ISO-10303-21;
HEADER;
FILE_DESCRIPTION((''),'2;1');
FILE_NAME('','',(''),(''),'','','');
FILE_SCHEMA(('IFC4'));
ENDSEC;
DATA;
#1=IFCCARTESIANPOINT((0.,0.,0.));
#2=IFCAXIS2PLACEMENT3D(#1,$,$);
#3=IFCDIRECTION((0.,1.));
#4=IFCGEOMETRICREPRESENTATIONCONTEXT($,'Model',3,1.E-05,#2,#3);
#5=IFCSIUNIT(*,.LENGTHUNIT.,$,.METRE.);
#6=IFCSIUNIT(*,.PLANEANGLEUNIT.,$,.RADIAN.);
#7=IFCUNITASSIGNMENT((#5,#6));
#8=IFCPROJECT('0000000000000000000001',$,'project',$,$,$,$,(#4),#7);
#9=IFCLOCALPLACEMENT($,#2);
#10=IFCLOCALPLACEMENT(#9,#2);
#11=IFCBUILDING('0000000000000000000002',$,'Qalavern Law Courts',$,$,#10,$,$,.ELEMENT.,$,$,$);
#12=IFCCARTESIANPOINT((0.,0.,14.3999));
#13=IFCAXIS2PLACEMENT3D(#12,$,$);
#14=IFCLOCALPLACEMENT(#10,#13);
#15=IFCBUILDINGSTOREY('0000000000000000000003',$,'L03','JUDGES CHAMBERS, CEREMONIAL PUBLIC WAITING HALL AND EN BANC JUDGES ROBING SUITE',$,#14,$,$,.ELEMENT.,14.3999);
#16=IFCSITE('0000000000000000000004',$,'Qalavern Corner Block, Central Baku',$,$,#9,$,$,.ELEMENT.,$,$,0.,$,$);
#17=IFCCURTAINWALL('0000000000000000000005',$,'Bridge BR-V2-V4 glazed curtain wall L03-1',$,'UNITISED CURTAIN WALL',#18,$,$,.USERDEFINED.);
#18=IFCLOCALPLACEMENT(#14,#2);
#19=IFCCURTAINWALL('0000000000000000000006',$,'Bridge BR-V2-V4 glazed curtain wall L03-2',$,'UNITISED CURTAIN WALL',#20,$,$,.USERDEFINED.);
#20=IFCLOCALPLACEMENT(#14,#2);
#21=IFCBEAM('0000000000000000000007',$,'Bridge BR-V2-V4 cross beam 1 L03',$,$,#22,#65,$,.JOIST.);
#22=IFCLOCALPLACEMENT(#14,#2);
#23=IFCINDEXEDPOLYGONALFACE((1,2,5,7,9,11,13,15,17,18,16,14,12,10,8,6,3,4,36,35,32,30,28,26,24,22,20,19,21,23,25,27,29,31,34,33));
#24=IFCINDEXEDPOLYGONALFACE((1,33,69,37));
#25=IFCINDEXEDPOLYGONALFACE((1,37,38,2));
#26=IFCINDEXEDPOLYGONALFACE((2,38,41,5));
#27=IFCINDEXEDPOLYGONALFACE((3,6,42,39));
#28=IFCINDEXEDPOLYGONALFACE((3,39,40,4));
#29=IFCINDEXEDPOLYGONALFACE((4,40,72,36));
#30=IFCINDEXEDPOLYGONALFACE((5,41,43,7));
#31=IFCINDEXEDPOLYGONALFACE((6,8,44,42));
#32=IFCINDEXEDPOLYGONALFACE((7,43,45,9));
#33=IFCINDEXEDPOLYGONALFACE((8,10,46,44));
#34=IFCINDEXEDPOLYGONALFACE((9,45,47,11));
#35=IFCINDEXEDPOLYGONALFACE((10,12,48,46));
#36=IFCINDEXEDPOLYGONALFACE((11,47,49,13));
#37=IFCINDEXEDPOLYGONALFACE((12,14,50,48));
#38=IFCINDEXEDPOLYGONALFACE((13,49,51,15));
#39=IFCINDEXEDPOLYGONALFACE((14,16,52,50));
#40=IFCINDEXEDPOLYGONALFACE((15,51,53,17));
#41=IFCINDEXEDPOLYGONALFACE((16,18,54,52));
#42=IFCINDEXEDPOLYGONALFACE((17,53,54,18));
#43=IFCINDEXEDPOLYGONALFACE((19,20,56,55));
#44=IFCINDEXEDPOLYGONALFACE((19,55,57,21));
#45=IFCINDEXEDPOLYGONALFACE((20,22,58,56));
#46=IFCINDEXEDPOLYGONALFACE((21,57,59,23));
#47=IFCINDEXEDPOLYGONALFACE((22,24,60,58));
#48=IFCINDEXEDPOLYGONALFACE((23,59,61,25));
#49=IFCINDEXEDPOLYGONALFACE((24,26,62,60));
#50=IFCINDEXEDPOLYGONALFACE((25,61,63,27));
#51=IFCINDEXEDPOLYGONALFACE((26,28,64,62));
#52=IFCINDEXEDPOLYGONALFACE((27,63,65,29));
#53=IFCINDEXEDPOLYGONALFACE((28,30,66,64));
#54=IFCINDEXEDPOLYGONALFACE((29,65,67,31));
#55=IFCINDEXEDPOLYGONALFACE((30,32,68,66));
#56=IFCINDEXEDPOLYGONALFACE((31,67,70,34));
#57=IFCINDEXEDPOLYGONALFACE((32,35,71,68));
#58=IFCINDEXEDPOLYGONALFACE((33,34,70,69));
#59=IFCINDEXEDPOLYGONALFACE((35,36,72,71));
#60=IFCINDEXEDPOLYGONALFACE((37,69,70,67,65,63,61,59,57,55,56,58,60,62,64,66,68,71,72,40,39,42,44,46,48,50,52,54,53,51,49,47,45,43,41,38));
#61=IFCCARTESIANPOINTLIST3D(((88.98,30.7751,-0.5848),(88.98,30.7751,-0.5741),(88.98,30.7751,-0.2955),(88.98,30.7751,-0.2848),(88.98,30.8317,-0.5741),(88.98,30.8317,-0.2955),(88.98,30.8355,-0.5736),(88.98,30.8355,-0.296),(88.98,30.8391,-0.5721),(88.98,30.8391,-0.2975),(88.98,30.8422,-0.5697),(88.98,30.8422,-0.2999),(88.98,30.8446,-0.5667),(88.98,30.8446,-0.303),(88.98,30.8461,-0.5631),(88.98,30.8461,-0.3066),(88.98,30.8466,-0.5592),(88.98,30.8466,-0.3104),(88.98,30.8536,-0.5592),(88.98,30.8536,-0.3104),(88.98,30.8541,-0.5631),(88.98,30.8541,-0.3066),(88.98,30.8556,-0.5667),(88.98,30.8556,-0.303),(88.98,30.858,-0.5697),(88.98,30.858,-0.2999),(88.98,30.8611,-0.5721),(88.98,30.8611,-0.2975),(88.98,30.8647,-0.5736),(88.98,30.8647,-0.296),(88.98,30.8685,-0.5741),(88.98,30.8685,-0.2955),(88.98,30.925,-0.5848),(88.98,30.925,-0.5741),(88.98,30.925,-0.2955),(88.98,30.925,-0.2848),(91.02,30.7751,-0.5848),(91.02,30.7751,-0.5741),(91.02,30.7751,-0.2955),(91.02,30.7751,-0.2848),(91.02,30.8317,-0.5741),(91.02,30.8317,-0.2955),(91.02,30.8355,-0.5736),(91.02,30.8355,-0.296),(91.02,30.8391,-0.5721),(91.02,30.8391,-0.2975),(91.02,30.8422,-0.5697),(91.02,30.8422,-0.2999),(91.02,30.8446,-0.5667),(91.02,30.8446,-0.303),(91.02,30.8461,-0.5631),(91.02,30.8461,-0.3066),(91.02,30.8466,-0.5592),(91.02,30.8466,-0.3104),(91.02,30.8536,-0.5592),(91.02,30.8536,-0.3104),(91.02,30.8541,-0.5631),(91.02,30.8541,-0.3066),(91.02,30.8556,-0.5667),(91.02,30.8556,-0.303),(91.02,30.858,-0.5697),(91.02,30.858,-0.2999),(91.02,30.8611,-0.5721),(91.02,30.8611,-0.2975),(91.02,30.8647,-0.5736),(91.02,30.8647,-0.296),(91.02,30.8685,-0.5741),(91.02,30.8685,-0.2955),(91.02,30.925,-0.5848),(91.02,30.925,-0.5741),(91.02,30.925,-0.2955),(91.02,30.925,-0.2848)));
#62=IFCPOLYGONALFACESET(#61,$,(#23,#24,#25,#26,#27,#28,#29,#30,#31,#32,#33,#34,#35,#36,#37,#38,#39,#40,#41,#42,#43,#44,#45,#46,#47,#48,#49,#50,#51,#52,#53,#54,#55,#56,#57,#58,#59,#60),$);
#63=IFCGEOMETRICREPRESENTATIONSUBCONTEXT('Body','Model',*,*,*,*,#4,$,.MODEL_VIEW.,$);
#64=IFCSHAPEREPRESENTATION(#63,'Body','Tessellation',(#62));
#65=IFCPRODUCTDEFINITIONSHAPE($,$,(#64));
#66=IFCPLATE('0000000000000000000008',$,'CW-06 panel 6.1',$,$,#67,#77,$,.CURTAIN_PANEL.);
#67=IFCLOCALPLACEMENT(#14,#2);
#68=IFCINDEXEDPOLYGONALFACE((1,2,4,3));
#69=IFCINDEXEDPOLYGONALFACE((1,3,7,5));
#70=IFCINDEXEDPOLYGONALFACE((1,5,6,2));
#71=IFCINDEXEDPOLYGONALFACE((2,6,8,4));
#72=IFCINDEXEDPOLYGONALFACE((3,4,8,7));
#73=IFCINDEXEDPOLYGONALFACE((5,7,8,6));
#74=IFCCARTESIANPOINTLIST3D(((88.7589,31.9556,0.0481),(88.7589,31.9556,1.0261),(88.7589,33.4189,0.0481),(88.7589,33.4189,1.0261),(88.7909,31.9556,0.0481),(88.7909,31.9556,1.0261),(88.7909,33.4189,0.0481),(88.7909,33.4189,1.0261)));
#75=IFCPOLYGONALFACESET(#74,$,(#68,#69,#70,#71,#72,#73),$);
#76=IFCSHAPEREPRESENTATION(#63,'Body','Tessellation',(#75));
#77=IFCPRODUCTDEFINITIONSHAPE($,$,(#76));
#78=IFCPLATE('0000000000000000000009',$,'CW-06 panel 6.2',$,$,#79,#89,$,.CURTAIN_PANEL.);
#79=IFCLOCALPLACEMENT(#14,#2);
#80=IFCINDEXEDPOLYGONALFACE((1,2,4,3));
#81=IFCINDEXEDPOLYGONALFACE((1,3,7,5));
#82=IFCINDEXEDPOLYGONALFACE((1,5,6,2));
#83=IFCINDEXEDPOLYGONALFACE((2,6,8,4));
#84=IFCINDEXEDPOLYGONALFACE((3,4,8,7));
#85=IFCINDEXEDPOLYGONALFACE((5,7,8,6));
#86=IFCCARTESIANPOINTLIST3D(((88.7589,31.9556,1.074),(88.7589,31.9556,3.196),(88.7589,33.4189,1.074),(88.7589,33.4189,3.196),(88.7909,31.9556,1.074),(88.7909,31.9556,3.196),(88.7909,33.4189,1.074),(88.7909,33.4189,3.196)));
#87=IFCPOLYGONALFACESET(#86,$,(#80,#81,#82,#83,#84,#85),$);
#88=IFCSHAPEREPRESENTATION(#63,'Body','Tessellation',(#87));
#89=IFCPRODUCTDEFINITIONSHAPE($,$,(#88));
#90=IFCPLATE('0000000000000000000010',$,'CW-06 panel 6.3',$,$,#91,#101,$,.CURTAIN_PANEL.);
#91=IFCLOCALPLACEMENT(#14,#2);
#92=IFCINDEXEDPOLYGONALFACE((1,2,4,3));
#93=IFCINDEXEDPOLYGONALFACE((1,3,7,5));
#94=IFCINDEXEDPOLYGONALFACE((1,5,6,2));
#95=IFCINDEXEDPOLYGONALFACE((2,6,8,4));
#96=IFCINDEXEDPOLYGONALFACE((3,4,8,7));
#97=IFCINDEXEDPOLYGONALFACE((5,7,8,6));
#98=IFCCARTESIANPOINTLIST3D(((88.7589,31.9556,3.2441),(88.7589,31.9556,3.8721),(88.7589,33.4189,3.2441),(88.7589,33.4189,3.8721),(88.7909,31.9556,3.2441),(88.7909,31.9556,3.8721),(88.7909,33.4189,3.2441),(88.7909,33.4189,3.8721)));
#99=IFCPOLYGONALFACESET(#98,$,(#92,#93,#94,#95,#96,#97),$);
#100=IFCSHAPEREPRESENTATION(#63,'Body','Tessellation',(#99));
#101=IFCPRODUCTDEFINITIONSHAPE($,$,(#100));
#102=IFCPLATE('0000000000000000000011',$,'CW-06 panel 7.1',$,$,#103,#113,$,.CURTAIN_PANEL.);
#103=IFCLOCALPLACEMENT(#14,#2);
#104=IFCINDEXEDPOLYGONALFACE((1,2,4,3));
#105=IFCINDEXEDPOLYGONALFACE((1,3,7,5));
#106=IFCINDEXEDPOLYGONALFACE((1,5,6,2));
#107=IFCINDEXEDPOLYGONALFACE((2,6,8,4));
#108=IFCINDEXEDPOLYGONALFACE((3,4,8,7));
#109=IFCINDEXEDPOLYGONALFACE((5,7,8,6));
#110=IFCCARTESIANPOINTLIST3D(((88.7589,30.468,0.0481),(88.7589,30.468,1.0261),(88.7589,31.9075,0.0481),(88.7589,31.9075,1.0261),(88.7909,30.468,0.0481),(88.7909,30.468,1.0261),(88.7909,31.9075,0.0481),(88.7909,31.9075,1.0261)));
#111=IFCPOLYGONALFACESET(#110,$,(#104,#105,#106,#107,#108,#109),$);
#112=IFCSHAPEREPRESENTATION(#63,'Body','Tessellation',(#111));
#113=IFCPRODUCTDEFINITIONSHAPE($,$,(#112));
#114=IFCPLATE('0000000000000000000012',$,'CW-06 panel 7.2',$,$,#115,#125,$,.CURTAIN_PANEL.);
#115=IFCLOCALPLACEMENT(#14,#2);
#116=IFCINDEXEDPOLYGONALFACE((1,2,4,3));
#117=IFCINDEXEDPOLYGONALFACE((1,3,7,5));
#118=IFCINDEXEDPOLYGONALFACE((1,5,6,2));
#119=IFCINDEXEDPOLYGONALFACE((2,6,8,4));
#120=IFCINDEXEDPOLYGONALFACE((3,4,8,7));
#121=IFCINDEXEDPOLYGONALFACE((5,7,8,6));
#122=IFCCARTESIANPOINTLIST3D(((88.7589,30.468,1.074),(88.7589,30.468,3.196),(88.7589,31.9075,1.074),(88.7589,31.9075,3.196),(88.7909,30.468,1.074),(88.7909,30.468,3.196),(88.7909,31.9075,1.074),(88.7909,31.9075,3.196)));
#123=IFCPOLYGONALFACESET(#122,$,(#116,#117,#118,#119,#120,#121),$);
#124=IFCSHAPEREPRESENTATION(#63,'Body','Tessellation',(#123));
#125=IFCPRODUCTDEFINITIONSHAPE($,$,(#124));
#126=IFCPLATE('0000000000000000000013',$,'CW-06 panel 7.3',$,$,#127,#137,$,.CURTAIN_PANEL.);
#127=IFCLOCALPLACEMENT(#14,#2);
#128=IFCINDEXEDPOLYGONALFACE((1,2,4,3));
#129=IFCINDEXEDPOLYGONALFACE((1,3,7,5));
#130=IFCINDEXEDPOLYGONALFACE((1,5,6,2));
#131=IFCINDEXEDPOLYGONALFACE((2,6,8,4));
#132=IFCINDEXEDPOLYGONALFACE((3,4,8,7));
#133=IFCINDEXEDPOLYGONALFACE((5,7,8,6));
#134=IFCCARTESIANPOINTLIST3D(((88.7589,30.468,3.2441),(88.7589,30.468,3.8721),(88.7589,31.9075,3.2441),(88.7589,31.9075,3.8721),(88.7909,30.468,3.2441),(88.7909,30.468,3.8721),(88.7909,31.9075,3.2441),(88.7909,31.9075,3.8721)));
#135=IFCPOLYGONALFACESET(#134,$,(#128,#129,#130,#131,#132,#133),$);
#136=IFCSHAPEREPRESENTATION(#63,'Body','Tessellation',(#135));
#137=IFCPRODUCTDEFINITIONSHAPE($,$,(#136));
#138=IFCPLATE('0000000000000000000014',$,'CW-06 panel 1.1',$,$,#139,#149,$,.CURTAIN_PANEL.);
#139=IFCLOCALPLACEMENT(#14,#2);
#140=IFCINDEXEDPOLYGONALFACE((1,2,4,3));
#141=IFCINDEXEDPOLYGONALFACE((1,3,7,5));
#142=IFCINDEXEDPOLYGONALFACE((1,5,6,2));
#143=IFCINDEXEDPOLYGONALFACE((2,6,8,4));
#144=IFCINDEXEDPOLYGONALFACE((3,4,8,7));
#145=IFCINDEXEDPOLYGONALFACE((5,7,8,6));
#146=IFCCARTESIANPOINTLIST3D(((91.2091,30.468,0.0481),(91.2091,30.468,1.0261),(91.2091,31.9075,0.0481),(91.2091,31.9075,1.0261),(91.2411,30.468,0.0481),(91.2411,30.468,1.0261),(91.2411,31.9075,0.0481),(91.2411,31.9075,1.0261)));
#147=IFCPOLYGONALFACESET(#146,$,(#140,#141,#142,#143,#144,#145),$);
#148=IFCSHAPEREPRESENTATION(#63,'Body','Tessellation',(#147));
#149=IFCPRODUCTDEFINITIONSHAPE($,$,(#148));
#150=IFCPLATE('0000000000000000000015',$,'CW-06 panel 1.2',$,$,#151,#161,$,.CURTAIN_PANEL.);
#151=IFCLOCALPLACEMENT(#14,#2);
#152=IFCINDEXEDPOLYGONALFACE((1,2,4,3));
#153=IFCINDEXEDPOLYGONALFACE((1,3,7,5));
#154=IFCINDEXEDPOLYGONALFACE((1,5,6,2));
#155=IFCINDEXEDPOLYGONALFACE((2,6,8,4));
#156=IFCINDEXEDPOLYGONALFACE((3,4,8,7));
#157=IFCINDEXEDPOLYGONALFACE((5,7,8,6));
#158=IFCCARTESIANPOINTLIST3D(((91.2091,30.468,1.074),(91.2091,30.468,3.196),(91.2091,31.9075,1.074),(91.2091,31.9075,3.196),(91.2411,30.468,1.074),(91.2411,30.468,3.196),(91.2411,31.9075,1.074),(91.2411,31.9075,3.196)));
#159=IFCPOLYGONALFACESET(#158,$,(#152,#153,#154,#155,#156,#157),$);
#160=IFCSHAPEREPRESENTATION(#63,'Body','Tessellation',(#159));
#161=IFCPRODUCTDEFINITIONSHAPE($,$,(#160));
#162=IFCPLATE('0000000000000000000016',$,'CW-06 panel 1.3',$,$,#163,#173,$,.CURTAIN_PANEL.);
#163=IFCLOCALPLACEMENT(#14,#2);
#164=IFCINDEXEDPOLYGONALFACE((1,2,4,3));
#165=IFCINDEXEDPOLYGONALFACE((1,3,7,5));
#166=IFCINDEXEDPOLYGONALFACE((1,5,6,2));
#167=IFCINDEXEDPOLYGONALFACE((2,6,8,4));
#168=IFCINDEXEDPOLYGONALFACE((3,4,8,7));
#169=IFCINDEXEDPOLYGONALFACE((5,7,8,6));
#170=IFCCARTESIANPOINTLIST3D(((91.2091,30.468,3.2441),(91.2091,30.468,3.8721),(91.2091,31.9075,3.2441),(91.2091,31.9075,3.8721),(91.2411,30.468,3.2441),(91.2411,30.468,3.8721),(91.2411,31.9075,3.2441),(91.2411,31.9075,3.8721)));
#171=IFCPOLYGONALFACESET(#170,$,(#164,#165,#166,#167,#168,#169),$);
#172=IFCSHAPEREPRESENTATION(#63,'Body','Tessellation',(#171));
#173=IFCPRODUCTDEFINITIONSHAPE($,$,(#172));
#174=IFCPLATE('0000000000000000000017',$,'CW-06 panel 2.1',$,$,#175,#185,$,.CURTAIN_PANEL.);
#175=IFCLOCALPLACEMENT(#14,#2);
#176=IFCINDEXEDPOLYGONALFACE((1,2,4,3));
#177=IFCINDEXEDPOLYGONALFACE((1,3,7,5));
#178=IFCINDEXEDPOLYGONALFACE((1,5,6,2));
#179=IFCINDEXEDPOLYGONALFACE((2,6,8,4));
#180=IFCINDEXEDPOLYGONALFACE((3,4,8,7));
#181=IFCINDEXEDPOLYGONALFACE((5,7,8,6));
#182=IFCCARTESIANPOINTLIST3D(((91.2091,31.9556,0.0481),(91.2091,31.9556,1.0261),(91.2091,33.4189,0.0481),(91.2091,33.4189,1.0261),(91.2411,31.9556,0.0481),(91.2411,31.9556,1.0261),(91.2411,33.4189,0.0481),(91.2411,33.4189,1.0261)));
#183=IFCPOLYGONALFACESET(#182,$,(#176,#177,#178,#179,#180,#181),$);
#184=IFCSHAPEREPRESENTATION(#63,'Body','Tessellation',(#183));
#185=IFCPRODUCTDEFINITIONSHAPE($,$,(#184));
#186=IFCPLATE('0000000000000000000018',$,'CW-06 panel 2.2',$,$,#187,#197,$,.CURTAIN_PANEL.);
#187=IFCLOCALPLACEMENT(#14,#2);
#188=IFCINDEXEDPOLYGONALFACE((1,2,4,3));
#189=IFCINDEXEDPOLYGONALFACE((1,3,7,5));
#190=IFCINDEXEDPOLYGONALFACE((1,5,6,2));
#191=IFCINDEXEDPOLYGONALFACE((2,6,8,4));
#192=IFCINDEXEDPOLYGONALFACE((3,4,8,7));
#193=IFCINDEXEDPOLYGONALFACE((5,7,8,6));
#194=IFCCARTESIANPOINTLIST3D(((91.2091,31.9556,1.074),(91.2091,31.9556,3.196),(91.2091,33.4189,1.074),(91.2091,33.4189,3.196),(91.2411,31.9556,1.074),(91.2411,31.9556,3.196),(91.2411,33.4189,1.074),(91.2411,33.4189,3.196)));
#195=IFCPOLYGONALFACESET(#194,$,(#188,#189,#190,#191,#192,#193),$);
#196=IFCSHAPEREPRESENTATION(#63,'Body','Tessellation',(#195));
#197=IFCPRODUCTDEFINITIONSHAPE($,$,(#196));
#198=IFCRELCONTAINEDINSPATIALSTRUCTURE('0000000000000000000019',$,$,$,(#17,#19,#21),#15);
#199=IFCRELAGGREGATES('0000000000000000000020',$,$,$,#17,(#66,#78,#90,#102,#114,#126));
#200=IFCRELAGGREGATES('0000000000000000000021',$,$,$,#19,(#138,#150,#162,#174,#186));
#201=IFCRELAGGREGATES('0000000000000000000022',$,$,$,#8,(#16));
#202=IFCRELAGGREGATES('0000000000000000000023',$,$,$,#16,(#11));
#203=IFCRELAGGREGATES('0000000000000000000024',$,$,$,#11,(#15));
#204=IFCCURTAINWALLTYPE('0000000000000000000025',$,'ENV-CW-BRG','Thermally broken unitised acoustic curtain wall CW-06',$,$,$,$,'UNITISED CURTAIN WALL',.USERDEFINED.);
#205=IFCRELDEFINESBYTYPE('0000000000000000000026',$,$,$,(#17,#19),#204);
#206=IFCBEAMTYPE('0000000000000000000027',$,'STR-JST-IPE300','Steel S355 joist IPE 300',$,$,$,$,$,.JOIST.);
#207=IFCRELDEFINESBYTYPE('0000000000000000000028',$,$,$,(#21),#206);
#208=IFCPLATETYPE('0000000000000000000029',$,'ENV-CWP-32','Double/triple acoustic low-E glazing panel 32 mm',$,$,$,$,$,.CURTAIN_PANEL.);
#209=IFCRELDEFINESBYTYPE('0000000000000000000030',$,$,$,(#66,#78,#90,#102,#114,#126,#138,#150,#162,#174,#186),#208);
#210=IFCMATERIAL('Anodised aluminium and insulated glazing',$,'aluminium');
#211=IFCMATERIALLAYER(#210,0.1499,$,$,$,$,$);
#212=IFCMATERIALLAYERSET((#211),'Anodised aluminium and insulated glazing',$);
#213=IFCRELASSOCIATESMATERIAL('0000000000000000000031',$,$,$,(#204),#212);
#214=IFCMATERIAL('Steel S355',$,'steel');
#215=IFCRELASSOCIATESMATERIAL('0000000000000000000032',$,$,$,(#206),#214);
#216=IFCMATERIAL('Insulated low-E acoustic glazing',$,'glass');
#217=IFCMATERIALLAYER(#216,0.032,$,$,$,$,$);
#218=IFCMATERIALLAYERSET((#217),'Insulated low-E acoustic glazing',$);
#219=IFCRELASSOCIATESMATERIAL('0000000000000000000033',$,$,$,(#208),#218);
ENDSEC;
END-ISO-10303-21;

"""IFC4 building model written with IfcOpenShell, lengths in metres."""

from ifc_helpers import new_model, si_unit, direction, frame, origin, origin_2d, place, context, subcontext, project, spatial, rectangle, i_section, extrude, material, layer, layer_set, material_profile, profile_set, type_object, element, aggregate, save


model = new_model("IFC4")

# Units and contexts
model_context = context("Model", 3, precision=1e-05, world=origin(), true_north=direction((0.0, 1.0)))
body_context = subcontext(model_context, "Body", "Model", "MODEL_VIEW")
ifc_project = project(units=[si_unit("LENGTHUNIT", "METRE"), si_unit("PLANEANGLEUNIT", "RADIAN")], contexts=[model_context])

# Site, building, storey
site_placement = place(None, origin())
site = spatial("IfcSite", under=ifc_project, at=site_placement, Name="Qalavern Corner Block, Central Baku", CompositionType="ELEMENT", RefElevation=0.0)
building_placement = place(site_placement, origin())
building = spatial("IfcBuilding", under=site, at=building_placement, Name="Qalavern Law Courts", CompositionType="ELEMENT")
storey_placement = place(building_placement, frame((0.0, 0.0, 14.3999)))
storey = spatial("IfcBuildingStorey", under=building, at=storey_placement, Name="L03", Description="JUDGES CHAMBERS, CEREMONIAL PUBLIC WAITING HALL AND EN BANC JUDGES ROBING SUITE", CompositionType="ELEMENT", Elevation=14.3999)

# Curtain walls
ifc_material_1 = material(Name="Anodised aluminium and insulated glazing", Category="aluminium")
ifc_layer_1 = layer(ifc_material_1, 0.1499)
ifc_layer_set_1 = layer_set([ifc_layer_1], Name="Anodised aluminium and insulated glazing")
curtain_wall_type = type_object("IfcCurtainWallType", Name="ENV-CW-BRG", Description="Thermally broken unitised acoustic curtain wall CW-06", ElementType="UNITISED CURTAIN WALL", PredefinedType="USERDEFINED", material=ifc_layer_set_1)
curtain_wall_1_placement = place(storey_placement, origin())
curtain_wall_1 = element("IfcCurtainWall", 1, at=curtain_wall_1_placement, inside=storey, type_object=curtain_wall_type, Name="Bridge BR-V2-V4 glazed curtain wall L03-1", ObjectType="UNITISED CURTAIN WALL", PredefinedType="USERDEFINED")
curtain_wall_2_placement = place(storey_placement, origin())
curtain_wall_2 = element("IfcCurtainWall", 2, at=curtain_wall_2_placement, inside=storey, type_object=curtain_wall_type, Name="Bridge BR-V2-V4 glazed curtain wall L03-2", ObjectType="UNITISED CURTAIN WALL", PredefinedType="USERDEFINED")

# Beam
ifc_material_2 = material(Name="Steel S355", Category="steel")
ifc_material_profile_1 = material_profile(ifc_material_2, i_section(OverallWidth=0.1499, OverallDepth=0.3, WebThickness=0.0071, FlangeThickness=0.0107, FilletRadius=0.0149, at=origin_2d()), Name="IPE 300")
ifc_profile_set_1 = profile_set([ifc_material_profile_1], Name="Steel S355")
beam_type = type_object("IfcBeamType", Name="STR-JST-IPE300", Description="Steel S355 joist IPE 300", PredefinedType="JOIST", material=ifc_profile_set_1)
beam_placement = place(storey_placement, frame((88.98, 30.8501, -0.4348), z_axis=(1.0, 0.0, 0.0), x_axis=(0.0, 1.0, 0.0)))
element("IfcBeam", 3, at=beam_placement, inside=storey, type_object=beam_type, Name="Bridge BR-V2-V4 cross beam 1 L03", PredefinedType="JOIST", context=body_context, shape_type="SweptSolid", body=[
    extrude(i_section(OverallWidth=0.1499, OverallDepth=0.3, WebThickness=0.0071, FlangeThickness=0.0107, FilletRadius=0.0149, at=origin_2d()), origin(), (0.0, 0.0, 1.0), 2.04),
])

# Plates
ifc_material_3 = material(Name="Insulated low-E acoustic glazing", Category="glass")
ifc_layer_2 = layer(ifc_material_3, 0.032)
ifc_layer_set_2 = layer_set([ifc_layer_2], Name="Insulated low-E acoustic glazing")
plate_type = type_object("IfcPlateType", Name="ENV-CWP-32", Description="Double/triple acoustic low-E glazing panel 32 mm", PredefinedType="CURTAIN_PANEL", material=ifc_layer_set_2)
plate_1_placement = place(storey_placement, frame((88.7749, 32.6873, 0.0481), z_axis=(0.0, 0.0, 1.0), x_axis=(0.0, -1.0, 0.0)))
plate_1 = element("IfcPlate", 4, at=plate_1_placement, type_object=plate_type, Name="CW-06 panel 6.1", PredefinedType="CURTAIN_PANEL", context=body_context, shape_type="SweptSolid", body=[
    extrude(rectangle(XDim=1.4634, YDim=0.032, at=origin_2d()), origin(), (0.0, 0.0, 1.0), 0.978),
])
plate_2_placement = place(storey_placement, frame((88.7749, 32.6873, 1.074), z_axis=(0.0, 0.0, 1.0), x_axis=(0.0, -1.0, 0.0)))
plate_2 = element("IfcPlate", 5, at=plate_2_placement, type_object=plate_type, Name="CW-06 panel 6.2", PredefinedType="CURTAIN_PANEL", context=body_context, shape_type="SweptSolid", body=[
    extrude(rectangle(XDim=1.4634, YDim=0.032, at=origin_2d()), origin(), (0.0, 0.0, 1.0), 2.1221),
])
plate_3_placement = place(storey_placement, frame((88.7749, 32.6873, 3.2441), z_axis=(0.0, 0.0, 1.0), x_axis=(0.0, -1.0, 0.0)))
plate_3 = element("IfcPlate", 6, at=plate_3_placement, type_object=plate_type, Name="CW-06 panel 6.3", PredefinedType="CURTAIN_PANEL", context=body_context, shape_type="SweptSolid", body=[
    extrude(rectangle(XDim=1.4634, YDim=0.032, at=origin_2d()), origin(), (0.0, 0.0, 1.0), 0.6279),
])
plate_4_placement = place(storey_placement, frame((88.7749, 31.1877, 0.0481), z_axis=(0.0, 0.0, 1.0), x_axis=(0.0, -1.0, 0.0)))
plate_4 = element("IfcPlate", 7, at=plate_4_placement, type_object=plate_type, Name="CW-06 panel 7.1", PredefinedType="CURTAIN_PANEL", context=body_context, shape_type="SweptSolid", body=[
    extrude(rectangle(XDim=1.4395, YDim=0.032, at=origin_2d()), origin(), (0.0, 0.0, 1.0), 0.978),
])
plate_5_placement = place(storey_placement, frame((88.7749, 31.1877, 1.074), z_axis=(0.0, 0.0, 1.0), x_axis=(0.0, -1.0, 0.0)))
plate_5 = element("IfcPlate", 8, at=plate_5_placement, type_object=plate_type, Name="CW-06 panel 7.2", PredefinedType="CURTAIN_PANEL", context=body_context, shape_type="SweptSolid", body=[
    extrude(rectangle(XDim=1.4395, YDim=0.032, at=origin_2d()), origin(), (0.0, 0.0, 1.0), 2.1221),
])
plate_6_placement = place(storey_placement, frame((88.7749, 31.1877, 3.2441), z_axis=(0.0, 0.0, 1.0), x_axis=(0.0, -1.0, 0.0)))
plate_6 = element("IfcPlate", 9, at=plate_6_placement, type_object=plate_type, Name="CW-06 panel 7.3", PredefinedType="CURTAIN_PANEL", context=body_context, shape_type="SweptSolid", body=[
    extrude(rectangle(XDim=1.4395, YDim=0.032, at=origin_2d()), origin(), (0.0, 0.0, 1.0), 0.6279),
])
aggregate(curtain_wall_1, [plate_1, plate_2, plate_3, plate_4, plate_5, plate_6])
plate_7_placement = place(storey_placement, frame((91.2251, 31.1877, 0.0481), z_axis=(0.0, 0.0, 1.0), x_axis=(0.0, 1.0, 0.0)))
plate_7 = element("IfcPlate", 10, at=plate_7_placement, type_object=plate_type, Name="CW-06 panel 1.1", PredefinedType="CURTAIN_PANEL", context=body_context, shape_type="SweptSolid", body=[
    extrude(rectangle(XDim=1.4395, YDim=0.032, at=origin_2d()), origin(), (0.0, 0.0, 1.0), 0.978),
])
plate_8_placement = place(storey_placement, frame((91.2251, 31.1877, 1.074), z_axis=(0.0, 0.0, 1.0), x_axis=(0.0, 1.0, 0.0)))
plate_8 = element("IfcPlate", 11, at=plate_8_placement, type_object=plate_type, Name="CW-06 panel 1.2", PredefinedType="CURTAIN_PANEL", context=body_context, shape_type="SweptSolid", body=[
    extrude(rectangle(XDim=1.4395, YDim=0.032, at=origin_2d()), origin(), (0.0, 0.0, 1.0), 2.1221),
])
plate_9_placement = place(storey_placement, frame((91.2251, 31.1877, 3.2441), z_axis=(0.0, 0.0, 1.0), x_axis=(0.0, 1.0, 0.0)))
plate_9 = element("IfcPlate", 12, at=plate_9_placement, type_object=plate_type, Name="CW-06 panel 1.3", PredefinedType="CURTAIN_PANEL", context=body_context, shape_type="SweptSolid", body=[
    extrude(rectangle(XDim=1.4395, YDim=0.032, at=origin_2d()), origin(), (0.0, 0.0, 1.0), 0.6279),
])
plate_10_placement = place(storey_placement, frame((91.2251, 32.6873, 0.0481), z_axis=(0.0, 0.0, 1.0), x_axis=(0.0, 1.0, 0.0)))
plate_10 = element("IfcPlate", 13, at=plate_10_placement, type_object=plate_type, Name="CW-06 panel 2.1", PredefinedType="CURTAIN_PANEL", context=body_context, shape_type="SweptSolid", body=[
    extrude(rectangle(XDim=1.4634, YDim=0.032, at=origin_2d()), origin(), (0.0, 0.0, 1.0), 0.978),
])
plate_11_placement = place(storey_placement, frame((91.2251, 32.6873, 1.074), z_axis=(0.0, 0.0, 1.0), x_axis=(0.0, 1.0, 0.0)))
plate_11 = element("IfcPlate", 14, at=plate_11_placement, type_object=plate_type, Name="CW-06 panel 2.2", PredefinedType="CURTAIN_PANEL", context=body_context, shape_type="SweptSolid", body=[
    extrude(rectangle(XDim=1.4634, YDim=0.032, at=origin_2d()), origin(), (0.0, 0.0, 1.0), 2.1221),
])
aggregate(curtain_wall_2, [plate_7, plate_8, plate_9, plate_10, plate_11])

save(model, "model.ifc")
